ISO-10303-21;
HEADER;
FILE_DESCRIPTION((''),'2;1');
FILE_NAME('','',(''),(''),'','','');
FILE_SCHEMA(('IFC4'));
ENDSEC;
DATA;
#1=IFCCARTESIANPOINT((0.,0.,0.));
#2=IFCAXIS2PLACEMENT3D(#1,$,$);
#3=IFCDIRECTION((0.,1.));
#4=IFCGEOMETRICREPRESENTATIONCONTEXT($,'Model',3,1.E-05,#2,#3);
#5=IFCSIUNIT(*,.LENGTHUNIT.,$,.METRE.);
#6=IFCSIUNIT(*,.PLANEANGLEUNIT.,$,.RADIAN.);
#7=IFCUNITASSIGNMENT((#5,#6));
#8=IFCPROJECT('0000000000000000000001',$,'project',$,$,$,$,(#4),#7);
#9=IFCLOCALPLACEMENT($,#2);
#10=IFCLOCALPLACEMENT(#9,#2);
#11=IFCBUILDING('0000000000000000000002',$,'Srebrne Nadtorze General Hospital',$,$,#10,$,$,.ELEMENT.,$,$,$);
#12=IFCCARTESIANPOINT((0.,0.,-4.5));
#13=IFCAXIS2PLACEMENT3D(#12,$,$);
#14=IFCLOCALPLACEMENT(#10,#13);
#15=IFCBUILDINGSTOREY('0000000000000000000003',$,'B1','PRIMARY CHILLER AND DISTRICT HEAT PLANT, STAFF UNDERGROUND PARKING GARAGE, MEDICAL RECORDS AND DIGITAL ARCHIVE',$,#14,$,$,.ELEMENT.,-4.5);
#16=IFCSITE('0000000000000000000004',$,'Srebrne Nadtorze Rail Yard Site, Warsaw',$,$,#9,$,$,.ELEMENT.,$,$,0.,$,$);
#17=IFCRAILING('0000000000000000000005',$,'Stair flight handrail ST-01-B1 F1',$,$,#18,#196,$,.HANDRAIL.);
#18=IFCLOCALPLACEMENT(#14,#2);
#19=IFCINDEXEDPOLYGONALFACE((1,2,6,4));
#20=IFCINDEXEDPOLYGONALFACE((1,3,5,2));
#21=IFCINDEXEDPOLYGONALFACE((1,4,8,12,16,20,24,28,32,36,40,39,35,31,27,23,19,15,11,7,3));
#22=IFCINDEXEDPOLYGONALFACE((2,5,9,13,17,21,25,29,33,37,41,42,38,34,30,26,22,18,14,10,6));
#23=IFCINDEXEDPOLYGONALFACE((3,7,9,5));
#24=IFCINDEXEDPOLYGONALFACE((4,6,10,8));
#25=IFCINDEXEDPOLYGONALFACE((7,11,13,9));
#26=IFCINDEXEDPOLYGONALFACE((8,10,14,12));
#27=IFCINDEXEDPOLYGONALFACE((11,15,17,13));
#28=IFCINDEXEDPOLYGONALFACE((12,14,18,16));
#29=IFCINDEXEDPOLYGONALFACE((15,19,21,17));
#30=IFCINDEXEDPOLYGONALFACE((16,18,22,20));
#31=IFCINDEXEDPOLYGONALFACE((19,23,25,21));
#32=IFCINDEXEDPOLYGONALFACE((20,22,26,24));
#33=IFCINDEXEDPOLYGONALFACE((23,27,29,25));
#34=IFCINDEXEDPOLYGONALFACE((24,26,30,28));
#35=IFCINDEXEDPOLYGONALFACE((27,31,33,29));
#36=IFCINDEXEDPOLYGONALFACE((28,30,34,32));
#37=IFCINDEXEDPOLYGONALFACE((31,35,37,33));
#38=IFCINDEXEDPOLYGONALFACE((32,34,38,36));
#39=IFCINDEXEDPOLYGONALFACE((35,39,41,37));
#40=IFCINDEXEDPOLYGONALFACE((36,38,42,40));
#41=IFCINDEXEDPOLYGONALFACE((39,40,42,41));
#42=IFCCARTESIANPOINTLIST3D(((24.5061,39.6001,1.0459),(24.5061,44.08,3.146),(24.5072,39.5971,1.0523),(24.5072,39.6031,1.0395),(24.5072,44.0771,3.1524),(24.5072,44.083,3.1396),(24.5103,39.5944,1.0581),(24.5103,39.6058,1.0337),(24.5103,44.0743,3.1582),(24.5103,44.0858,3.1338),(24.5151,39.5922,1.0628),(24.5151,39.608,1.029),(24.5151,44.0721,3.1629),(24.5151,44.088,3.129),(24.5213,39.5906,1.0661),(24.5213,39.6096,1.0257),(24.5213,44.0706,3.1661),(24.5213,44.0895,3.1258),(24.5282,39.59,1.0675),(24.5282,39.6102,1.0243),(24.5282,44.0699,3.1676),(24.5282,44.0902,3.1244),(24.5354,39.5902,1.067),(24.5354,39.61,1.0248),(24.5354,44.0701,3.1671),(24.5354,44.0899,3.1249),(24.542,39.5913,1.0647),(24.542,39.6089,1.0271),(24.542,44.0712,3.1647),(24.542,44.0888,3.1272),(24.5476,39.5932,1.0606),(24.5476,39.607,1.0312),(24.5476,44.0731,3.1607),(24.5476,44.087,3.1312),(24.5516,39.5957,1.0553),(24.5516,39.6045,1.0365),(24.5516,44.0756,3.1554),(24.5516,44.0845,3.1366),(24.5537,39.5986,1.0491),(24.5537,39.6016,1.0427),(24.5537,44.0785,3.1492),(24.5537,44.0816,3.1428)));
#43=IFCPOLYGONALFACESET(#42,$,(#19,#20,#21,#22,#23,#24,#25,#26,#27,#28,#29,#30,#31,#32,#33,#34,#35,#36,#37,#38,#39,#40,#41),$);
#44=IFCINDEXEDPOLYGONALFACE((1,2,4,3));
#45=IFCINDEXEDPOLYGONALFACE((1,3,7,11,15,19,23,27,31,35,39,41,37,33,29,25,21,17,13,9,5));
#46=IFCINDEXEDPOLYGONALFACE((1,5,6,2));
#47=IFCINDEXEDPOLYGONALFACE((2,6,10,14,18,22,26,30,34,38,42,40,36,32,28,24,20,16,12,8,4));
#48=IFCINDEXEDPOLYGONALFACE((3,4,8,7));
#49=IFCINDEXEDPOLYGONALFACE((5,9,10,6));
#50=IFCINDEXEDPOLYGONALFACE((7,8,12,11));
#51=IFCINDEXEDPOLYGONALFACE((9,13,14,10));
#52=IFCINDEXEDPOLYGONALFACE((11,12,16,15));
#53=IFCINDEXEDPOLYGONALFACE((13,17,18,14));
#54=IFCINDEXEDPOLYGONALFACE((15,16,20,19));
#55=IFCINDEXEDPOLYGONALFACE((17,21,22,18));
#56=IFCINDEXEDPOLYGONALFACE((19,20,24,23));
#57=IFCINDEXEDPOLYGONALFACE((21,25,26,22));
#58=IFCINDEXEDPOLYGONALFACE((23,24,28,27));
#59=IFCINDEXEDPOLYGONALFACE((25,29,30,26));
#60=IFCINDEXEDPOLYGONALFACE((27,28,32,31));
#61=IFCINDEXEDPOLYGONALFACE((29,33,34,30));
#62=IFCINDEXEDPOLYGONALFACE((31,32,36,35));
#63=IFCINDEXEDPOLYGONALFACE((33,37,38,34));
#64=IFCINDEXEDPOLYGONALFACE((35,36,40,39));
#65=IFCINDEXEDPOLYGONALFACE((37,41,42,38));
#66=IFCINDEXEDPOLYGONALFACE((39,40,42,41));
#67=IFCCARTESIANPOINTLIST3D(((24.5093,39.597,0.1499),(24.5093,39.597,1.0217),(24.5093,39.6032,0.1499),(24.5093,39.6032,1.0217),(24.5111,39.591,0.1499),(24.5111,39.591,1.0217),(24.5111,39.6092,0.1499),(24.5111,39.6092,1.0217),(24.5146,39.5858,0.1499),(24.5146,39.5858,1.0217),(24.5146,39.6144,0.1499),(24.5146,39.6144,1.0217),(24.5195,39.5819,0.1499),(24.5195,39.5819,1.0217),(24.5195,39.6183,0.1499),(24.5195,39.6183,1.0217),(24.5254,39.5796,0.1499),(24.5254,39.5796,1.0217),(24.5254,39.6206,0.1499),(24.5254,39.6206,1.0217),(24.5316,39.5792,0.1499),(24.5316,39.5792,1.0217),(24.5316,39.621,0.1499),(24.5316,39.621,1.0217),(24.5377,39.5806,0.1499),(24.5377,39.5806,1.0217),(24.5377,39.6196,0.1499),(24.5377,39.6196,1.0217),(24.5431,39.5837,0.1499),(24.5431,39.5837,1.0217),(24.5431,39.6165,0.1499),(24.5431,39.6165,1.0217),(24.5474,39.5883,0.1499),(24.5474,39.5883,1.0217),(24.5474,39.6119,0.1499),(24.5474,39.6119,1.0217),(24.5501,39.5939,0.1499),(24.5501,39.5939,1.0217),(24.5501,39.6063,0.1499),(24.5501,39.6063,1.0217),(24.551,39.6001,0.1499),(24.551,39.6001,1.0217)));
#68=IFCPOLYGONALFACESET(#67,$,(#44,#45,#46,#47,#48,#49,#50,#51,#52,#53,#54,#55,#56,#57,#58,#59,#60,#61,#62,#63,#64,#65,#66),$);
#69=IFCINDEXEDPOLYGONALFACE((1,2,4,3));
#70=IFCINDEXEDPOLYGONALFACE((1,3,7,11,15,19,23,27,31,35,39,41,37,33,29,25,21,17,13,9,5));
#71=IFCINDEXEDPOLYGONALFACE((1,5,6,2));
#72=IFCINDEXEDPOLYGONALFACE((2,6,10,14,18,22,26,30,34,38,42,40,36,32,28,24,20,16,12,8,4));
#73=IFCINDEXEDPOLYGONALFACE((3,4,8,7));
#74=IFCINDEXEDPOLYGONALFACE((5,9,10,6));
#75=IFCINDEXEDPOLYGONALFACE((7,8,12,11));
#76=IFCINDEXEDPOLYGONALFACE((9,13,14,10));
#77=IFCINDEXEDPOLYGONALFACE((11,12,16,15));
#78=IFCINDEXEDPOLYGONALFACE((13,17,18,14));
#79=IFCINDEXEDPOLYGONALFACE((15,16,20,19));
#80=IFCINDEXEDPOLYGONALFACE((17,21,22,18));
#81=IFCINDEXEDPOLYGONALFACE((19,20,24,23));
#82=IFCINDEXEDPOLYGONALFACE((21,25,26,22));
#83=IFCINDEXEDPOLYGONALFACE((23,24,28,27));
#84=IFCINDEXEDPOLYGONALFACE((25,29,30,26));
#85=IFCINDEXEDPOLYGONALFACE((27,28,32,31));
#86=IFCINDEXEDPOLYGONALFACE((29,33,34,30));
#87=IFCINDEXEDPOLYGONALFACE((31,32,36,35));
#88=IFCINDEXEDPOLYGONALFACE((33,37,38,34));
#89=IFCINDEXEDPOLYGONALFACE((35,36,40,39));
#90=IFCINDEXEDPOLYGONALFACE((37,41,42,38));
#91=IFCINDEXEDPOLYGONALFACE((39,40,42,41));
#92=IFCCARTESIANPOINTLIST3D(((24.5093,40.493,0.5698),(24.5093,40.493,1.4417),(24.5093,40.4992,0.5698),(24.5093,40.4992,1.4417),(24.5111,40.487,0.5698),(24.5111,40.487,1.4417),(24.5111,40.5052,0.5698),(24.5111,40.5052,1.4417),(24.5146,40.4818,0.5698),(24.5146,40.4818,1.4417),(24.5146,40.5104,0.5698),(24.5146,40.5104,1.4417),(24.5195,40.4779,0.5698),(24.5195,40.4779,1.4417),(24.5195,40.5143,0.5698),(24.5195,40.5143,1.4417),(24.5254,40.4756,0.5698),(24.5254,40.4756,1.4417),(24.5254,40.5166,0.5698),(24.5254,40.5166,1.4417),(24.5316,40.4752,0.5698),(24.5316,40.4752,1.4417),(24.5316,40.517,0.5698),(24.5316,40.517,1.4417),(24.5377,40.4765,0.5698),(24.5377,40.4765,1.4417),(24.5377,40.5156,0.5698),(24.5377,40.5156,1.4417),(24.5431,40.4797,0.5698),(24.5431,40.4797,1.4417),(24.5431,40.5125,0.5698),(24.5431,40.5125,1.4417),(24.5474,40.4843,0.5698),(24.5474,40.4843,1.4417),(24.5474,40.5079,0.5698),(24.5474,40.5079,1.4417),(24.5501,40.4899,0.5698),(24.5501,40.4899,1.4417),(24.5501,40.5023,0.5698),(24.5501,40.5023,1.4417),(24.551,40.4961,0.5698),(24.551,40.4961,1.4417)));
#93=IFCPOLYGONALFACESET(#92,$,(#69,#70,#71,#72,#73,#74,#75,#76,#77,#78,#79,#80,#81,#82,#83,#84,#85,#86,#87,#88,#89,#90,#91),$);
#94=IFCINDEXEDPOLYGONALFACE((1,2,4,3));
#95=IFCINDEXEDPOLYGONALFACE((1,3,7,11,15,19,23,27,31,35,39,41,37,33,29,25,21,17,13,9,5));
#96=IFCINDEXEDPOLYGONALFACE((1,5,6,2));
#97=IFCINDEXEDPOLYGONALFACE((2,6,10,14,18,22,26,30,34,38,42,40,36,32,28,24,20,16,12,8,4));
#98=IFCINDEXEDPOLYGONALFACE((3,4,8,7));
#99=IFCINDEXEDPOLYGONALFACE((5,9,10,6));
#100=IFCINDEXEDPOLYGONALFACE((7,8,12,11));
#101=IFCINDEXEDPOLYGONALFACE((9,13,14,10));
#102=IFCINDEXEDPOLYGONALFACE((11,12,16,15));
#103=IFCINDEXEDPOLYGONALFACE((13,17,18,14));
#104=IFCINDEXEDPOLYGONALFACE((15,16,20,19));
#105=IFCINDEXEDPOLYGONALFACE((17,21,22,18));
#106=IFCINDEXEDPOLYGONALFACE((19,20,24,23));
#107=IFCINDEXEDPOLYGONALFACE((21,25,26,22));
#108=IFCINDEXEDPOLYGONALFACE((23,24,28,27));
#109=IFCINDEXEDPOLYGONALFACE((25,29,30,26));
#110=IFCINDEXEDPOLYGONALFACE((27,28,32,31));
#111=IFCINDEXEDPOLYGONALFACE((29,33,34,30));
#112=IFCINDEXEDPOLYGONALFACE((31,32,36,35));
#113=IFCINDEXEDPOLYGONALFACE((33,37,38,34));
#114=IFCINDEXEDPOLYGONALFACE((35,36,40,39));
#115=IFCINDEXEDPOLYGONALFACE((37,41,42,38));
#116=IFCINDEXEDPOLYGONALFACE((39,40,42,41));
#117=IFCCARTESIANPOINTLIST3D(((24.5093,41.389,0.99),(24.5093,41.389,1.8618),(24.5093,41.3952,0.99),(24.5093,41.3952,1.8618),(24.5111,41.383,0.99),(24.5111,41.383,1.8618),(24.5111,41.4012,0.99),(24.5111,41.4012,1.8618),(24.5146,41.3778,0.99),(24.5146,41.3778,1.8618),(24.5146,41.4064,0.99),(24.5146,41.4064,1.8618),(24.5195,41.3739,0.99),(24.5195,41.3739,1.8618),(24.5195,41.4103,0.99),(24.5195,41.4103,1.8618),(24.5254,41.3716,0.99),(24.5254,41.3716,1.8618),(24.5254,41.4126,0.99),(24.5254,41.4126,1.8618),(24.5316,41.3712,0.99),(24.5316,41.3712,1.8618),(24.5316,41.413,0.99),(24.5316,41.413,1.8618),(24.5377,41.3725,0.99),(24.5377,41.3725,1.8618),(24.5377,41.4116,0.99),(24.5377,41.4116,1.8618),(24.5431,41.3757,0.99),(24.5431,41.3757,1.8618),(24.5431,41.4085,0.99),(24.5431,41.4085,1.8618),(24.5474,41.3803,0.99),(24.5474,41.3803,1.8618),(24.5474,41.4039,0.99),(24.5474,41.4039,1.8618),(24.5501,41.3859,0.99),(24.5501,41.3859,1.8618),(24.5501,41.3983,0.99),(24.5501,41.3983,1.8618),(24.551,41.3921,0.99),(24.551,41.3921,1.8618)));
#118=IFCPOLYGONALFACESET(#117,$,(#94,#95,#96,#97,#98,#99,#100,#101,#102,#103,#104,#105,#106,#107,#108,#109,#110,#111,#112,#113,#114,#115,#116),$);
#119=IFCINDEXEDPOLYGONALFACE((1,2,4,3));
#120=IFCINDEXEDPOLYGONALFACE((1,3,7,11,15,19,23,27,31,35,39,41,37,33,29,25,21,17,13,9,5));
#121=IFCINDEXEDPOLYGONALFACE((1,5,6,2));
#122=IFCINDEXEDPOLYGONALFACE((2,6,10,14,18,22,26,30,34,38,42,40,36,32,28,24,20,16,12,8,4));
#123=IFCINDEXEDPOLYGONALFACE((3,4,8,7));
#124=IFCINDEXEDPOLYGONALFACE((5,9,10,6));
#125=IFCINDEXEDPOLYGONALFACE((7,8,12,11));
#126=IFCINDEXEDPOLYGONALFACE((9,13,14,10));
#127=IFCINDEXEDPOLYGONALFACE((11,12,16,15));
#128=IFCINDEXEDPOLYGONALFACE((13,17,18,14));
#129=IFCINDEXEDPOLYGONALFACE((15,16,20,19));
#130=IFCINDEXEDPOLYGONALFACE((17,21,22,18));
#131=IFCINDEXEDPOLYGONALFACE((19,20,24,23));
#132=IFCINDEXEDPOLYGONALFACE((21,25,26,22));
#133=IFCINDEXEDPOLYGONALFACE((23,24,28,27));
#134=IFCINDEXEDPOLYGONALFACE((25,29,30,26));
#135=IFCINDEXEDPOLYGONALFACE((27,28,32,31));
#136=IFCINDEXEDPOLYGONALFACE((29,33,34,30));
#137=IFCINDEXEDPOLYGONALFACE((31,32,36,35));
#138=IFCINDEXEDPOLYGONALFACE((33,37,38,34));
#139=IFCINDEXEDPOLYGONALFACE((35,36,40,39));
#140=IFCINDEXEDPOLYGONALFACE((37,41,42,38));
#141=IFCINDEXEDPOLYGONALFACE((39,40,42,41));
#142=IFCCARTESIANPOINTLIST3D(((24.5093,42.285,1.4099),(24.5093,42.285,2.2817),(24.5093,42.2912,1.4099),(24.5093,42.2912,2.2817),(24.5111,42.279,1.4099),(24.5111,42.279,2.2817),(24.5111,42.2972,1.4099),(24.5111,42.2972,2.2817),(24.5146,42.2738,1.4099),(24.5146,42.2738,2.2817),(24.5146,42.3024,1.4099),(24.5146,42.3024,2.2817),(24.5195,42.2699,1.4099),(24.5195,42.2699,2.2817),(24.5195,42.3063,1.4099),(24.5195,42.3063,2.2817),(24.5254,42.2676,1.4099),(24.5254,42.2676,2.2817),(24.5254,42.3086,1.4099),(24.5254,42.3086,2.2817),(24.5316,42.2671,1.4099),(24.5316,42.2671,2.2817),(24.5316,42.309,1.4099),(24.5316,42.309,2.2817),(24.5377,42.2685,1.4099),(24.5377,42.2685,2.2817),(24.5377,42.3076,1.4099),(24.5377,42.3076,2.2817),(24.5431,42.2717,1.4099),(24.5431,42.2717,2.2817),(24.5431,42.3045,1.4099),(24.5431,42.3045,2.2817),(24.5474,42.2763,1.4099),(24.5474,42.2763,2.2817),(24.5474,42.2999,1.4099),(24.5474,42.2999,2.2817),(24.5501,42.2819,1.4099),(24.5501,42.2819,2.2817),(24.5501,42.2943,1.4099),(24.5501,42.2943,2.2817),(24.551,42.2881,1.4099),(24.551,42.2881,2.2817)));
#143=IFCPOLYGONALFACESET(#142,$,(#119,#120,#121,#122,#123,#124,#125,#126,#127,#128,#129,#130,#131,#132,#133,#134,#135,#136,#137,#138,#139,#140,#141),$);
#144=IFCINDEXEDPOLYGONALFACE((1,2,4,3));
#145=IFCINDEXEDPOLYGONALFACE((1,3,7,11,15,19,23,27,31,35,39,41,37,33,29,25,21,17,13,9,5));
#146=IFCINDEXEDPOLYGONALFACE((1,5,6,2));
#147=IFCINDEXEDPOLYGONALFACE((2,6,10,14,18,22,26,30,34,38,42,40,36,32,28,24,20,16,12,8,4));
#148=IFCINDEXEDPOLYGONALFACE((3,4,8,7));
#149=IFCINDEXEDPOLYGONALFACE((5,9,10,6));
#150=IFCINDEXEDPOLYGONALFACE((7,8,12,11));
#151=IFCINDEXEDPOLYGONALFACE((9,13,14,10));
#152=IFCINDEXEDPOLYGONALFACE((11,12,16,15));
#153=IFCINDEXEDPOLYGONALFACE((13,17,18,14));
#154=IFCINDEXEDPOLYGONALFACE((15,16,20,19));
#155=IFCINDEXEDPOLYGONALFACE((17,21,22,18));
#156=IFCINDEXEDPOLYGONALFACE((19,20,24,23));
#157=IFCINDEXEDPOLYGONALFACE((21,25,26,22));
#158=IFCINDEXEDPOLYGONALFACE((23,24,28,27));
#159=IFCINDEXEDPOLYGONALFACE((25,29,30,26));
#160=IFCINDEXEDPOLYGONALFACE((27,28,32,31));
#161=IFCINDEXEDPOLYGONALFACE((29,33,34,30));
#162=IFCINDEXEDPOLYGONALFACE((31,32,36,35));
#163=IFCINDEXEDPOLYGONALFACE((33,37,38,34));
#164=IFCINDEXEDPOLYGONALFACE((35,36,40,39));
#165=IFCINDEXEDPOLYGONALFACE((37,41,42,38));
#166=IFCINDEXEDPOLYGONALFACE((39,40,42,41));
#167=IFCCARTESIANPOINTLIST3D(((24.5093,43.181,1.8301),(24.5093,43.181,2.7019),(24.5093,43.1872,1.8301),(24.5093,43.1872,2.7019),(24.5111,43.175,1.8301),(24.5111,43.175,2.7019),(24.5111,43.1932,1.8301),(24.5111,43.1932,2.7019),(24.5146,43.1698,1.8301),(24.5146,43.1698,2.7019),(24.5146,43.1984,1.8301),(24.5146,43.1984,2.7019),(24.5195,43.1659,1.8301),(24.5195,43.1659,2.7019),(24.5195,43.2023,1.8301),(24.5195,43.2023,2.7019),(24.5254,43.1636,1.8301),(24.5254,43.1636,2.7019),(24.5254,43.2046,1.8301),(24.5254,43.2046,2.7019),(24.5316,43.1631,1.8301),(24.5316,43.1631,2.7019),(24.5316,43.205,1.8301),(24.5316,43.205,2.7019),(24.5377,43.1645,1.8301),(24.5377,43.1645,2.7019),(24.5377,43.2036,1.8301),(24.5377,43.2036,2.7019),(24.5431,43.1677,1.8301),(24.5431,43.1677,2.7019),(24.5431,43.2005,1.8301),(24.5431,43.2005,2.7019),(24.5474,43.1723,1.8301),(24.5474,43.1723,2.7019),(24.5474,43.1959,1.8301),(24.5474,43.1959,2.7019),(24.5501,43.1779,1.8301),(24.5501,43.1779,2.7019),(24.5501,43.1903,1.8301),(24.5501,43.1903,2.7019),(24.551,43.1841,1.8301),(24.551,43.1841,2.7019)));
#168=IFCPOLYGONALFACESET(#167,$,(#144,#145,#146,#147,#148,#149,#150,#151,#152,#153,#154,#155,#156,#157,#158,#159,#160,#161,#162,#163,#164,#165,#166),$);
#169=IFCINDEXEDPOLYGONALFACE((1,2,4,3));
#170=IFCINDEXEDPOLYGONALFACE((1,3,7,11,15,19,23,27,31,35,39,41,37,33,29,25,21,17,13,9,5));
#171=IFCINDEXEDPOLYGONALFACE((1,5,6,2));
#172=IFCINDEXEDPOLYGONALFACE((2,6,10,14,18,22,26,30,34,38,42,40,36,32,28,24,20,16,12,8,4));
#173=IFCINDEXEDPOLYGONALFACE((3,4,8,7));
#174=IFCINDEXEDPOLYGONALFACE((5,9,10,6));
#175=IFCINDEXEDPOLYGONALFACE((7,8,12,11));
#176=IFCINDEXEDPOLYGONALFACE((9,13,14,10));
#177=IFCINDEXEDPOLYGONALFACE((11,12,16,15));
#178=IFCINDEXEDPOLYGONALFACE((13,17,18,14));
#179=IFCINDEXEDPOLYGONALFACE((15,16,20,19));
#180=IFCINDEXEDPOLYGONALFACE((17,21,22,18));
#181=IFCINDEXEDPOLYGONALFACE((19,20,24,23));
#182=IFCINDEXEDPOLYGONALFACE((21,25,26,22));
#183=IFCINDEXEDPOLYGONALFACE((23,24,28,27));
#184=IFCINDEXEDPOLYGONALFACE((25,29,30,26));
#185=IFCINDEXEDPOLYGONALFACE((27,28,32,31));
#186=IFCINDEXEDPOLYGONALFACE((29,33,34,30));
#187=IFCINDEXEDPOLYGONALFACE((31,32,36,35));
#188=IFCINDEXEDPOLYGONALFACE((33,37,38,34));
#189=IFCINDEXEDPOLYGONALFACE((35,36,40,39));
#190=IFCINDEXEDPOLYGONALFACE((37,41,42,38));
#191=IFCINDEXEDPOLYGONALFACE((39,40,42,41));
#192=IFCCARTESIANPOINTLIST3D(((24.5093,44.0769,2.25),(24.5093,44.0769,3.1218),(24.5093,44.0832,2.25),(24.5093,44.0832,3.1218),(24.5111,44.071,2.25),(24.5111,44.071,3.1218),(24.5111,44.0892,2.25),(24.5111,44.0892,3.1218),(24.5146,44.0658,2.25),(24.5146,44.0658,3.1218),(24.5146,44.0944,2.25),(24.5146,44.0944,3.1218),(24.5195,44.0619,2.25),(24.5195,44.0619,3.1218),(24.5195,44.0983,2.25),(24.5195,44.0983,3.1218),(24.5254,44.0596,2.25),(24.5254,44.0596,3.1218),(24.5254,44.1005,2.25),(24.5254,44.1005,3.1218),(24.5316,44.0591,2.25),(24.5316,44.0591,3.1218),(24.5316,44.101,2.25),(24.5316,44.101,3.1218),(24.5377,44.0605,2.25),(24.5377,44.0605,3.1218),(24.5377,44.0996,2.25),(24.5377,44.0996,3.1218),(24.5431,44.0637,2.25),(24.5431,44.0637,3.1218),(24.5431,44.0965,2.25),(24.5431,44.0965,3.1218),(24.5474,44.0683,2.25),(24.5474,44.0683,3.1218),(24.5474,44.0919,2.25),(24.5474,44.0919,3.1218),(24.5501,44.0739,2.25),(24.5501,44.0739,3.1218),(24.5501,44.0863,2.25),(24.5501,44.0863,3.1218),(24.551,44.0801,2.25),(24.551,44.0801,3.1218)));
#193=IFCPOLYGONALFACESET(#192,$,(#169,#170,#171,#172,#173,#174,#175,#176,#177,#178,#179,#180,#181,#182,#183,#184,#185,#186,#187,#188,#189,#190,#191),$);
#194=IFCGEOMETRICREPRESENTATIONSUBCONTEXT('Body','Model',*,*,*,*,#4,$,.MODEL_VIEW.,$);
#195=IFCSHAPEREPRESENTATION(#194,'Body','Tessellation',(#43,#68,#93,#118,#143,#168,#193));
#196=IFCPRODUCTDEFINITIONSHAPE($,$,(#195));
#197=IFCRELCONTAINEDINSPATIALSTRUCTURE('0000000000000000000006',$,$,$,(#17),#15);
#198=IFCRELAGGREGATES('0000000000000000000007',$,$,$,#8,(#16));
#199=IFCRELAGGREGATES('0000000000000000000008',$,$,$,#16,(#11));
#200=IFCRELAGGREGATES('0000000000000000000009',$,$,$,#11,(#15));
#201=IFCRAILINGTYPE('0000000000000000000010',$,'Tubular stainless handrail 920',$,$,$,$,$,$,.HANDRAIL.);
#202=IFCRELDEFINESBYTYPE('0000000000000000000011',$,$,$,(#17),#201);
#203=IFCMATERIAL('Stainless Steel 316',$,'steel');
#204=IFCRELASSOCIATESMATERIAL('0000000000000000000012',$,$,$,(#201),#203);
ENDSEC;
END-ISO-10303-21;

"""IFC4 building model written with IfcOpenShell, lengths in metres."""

from ifc_helpers import new_model, si_unit, direction, frame, origin, origin_2d, place, context, subcontext, project, spatial, circle, extrude, material, type_object, element, save


model = new_model("IFC4")

# Units and contexts
model_context = context("Model", 3, precision=1e-05, world=origin(), true_north=direction((0.0, 1.0)))
body_context = subcontext(model_context, "Body", "Model", "MODEL_VIEW")
ifc_project = project(units=[si_unit("LENGTHUNIT", "METRE"), si_unit("PLANEANGLEUNIT", "RADIAN")], contexts=[model_context])

# Site, building, storey
site_placement = place(None, origin())
site = spatial("IfcSite", under=ifc_project, at=site_placement, Name="Srebrne Nadtorze Rail Yard Site, Warsaw", CompositionType="ELEMENT", RefElevation=0.0)
building_placement = place(site_placement, origin())
building = spatial("IfcBuilding", under=site, at=building_placement, Name="Srebrne Nadtorze General Hospital", CompositionType="ELEMENT")
storey_placement = place(building_placement, frame((0.0, 0.0, -4.5)))
storey = spatial("IfcBuildingStorey", under=building, at=storey_placement, Name="B1", Description="PRIMARY CHILLER AND DISTRICT HEAT PLANT, STAFF UNDERGROUND PARKING GARAGE, MEDICAL RECORDS AND DIGITAL ARCHIVE", CompositionType="ELEMENT", Elevation=-4.5)

# Railing
ifc_material_1 = material(Name="Stainless Steel 316", Category="steel")
railing_type = type_object("IfcRailingType", Name="Tubular stainless handrail 920", PredefinedType="HANDRAIL", material=ifc_material_1)
railing_placement = place(storey_placement, frame((24.53, 39.6001, 0.1499)))
element("IfcRailing", 1, at=railing_placement, inside=storey, type_object=railing_type, Name="Stair flight handrail ST-01-B1 F1", PredefinedType="HANDRAIL", context=body_context, shape_type="SweptSolid", body=[
    extrude(circle(Radius=0.0239, at=origin_2d()), frame((0.0, 0.0, 0.896), z_axis=(0.0, 0.905451, 0.424452), x_axis=(-1.0, 0.0, 0.0)), (0.0, 0.0, 1.0), 4.9478),
    extrude(circle(Radius=0.021, at=origin_2d()), origin(), (0.0, 0.0, 1.0), 0.8718),
    extrude(circle(Radius=0.021, at=origin_2d()), frame((0.0, 0.896, 0.4199)), (0.0, 0.0, 1.0), 0.8718),
    extrude(circle(Radius=0.021, at=origin_2d()), frame((0.0, 1.792, 0.8401)), (0.0, 0.0, 1.0), 0.8718),
    extrude(circle(Radius=0.021, at=origin_2d()), frame((0.0, 2.688, 1.26)), (0.0, 0.0, 1.0), 0.8718),
    extrude(circle(Radius=0.021, at=origin_2d()), frame((0.0, 3.584, 1.6802)), (0.0, 0.0, 1.0), 0.8718),
    extrude(circle(Radius=0.021, at=origin_2d()), frame((0.0, 4.48, 2.1001)), (0.0, 0.0, 1.0), 0.8718),
])

save(model, "model.ifc")
